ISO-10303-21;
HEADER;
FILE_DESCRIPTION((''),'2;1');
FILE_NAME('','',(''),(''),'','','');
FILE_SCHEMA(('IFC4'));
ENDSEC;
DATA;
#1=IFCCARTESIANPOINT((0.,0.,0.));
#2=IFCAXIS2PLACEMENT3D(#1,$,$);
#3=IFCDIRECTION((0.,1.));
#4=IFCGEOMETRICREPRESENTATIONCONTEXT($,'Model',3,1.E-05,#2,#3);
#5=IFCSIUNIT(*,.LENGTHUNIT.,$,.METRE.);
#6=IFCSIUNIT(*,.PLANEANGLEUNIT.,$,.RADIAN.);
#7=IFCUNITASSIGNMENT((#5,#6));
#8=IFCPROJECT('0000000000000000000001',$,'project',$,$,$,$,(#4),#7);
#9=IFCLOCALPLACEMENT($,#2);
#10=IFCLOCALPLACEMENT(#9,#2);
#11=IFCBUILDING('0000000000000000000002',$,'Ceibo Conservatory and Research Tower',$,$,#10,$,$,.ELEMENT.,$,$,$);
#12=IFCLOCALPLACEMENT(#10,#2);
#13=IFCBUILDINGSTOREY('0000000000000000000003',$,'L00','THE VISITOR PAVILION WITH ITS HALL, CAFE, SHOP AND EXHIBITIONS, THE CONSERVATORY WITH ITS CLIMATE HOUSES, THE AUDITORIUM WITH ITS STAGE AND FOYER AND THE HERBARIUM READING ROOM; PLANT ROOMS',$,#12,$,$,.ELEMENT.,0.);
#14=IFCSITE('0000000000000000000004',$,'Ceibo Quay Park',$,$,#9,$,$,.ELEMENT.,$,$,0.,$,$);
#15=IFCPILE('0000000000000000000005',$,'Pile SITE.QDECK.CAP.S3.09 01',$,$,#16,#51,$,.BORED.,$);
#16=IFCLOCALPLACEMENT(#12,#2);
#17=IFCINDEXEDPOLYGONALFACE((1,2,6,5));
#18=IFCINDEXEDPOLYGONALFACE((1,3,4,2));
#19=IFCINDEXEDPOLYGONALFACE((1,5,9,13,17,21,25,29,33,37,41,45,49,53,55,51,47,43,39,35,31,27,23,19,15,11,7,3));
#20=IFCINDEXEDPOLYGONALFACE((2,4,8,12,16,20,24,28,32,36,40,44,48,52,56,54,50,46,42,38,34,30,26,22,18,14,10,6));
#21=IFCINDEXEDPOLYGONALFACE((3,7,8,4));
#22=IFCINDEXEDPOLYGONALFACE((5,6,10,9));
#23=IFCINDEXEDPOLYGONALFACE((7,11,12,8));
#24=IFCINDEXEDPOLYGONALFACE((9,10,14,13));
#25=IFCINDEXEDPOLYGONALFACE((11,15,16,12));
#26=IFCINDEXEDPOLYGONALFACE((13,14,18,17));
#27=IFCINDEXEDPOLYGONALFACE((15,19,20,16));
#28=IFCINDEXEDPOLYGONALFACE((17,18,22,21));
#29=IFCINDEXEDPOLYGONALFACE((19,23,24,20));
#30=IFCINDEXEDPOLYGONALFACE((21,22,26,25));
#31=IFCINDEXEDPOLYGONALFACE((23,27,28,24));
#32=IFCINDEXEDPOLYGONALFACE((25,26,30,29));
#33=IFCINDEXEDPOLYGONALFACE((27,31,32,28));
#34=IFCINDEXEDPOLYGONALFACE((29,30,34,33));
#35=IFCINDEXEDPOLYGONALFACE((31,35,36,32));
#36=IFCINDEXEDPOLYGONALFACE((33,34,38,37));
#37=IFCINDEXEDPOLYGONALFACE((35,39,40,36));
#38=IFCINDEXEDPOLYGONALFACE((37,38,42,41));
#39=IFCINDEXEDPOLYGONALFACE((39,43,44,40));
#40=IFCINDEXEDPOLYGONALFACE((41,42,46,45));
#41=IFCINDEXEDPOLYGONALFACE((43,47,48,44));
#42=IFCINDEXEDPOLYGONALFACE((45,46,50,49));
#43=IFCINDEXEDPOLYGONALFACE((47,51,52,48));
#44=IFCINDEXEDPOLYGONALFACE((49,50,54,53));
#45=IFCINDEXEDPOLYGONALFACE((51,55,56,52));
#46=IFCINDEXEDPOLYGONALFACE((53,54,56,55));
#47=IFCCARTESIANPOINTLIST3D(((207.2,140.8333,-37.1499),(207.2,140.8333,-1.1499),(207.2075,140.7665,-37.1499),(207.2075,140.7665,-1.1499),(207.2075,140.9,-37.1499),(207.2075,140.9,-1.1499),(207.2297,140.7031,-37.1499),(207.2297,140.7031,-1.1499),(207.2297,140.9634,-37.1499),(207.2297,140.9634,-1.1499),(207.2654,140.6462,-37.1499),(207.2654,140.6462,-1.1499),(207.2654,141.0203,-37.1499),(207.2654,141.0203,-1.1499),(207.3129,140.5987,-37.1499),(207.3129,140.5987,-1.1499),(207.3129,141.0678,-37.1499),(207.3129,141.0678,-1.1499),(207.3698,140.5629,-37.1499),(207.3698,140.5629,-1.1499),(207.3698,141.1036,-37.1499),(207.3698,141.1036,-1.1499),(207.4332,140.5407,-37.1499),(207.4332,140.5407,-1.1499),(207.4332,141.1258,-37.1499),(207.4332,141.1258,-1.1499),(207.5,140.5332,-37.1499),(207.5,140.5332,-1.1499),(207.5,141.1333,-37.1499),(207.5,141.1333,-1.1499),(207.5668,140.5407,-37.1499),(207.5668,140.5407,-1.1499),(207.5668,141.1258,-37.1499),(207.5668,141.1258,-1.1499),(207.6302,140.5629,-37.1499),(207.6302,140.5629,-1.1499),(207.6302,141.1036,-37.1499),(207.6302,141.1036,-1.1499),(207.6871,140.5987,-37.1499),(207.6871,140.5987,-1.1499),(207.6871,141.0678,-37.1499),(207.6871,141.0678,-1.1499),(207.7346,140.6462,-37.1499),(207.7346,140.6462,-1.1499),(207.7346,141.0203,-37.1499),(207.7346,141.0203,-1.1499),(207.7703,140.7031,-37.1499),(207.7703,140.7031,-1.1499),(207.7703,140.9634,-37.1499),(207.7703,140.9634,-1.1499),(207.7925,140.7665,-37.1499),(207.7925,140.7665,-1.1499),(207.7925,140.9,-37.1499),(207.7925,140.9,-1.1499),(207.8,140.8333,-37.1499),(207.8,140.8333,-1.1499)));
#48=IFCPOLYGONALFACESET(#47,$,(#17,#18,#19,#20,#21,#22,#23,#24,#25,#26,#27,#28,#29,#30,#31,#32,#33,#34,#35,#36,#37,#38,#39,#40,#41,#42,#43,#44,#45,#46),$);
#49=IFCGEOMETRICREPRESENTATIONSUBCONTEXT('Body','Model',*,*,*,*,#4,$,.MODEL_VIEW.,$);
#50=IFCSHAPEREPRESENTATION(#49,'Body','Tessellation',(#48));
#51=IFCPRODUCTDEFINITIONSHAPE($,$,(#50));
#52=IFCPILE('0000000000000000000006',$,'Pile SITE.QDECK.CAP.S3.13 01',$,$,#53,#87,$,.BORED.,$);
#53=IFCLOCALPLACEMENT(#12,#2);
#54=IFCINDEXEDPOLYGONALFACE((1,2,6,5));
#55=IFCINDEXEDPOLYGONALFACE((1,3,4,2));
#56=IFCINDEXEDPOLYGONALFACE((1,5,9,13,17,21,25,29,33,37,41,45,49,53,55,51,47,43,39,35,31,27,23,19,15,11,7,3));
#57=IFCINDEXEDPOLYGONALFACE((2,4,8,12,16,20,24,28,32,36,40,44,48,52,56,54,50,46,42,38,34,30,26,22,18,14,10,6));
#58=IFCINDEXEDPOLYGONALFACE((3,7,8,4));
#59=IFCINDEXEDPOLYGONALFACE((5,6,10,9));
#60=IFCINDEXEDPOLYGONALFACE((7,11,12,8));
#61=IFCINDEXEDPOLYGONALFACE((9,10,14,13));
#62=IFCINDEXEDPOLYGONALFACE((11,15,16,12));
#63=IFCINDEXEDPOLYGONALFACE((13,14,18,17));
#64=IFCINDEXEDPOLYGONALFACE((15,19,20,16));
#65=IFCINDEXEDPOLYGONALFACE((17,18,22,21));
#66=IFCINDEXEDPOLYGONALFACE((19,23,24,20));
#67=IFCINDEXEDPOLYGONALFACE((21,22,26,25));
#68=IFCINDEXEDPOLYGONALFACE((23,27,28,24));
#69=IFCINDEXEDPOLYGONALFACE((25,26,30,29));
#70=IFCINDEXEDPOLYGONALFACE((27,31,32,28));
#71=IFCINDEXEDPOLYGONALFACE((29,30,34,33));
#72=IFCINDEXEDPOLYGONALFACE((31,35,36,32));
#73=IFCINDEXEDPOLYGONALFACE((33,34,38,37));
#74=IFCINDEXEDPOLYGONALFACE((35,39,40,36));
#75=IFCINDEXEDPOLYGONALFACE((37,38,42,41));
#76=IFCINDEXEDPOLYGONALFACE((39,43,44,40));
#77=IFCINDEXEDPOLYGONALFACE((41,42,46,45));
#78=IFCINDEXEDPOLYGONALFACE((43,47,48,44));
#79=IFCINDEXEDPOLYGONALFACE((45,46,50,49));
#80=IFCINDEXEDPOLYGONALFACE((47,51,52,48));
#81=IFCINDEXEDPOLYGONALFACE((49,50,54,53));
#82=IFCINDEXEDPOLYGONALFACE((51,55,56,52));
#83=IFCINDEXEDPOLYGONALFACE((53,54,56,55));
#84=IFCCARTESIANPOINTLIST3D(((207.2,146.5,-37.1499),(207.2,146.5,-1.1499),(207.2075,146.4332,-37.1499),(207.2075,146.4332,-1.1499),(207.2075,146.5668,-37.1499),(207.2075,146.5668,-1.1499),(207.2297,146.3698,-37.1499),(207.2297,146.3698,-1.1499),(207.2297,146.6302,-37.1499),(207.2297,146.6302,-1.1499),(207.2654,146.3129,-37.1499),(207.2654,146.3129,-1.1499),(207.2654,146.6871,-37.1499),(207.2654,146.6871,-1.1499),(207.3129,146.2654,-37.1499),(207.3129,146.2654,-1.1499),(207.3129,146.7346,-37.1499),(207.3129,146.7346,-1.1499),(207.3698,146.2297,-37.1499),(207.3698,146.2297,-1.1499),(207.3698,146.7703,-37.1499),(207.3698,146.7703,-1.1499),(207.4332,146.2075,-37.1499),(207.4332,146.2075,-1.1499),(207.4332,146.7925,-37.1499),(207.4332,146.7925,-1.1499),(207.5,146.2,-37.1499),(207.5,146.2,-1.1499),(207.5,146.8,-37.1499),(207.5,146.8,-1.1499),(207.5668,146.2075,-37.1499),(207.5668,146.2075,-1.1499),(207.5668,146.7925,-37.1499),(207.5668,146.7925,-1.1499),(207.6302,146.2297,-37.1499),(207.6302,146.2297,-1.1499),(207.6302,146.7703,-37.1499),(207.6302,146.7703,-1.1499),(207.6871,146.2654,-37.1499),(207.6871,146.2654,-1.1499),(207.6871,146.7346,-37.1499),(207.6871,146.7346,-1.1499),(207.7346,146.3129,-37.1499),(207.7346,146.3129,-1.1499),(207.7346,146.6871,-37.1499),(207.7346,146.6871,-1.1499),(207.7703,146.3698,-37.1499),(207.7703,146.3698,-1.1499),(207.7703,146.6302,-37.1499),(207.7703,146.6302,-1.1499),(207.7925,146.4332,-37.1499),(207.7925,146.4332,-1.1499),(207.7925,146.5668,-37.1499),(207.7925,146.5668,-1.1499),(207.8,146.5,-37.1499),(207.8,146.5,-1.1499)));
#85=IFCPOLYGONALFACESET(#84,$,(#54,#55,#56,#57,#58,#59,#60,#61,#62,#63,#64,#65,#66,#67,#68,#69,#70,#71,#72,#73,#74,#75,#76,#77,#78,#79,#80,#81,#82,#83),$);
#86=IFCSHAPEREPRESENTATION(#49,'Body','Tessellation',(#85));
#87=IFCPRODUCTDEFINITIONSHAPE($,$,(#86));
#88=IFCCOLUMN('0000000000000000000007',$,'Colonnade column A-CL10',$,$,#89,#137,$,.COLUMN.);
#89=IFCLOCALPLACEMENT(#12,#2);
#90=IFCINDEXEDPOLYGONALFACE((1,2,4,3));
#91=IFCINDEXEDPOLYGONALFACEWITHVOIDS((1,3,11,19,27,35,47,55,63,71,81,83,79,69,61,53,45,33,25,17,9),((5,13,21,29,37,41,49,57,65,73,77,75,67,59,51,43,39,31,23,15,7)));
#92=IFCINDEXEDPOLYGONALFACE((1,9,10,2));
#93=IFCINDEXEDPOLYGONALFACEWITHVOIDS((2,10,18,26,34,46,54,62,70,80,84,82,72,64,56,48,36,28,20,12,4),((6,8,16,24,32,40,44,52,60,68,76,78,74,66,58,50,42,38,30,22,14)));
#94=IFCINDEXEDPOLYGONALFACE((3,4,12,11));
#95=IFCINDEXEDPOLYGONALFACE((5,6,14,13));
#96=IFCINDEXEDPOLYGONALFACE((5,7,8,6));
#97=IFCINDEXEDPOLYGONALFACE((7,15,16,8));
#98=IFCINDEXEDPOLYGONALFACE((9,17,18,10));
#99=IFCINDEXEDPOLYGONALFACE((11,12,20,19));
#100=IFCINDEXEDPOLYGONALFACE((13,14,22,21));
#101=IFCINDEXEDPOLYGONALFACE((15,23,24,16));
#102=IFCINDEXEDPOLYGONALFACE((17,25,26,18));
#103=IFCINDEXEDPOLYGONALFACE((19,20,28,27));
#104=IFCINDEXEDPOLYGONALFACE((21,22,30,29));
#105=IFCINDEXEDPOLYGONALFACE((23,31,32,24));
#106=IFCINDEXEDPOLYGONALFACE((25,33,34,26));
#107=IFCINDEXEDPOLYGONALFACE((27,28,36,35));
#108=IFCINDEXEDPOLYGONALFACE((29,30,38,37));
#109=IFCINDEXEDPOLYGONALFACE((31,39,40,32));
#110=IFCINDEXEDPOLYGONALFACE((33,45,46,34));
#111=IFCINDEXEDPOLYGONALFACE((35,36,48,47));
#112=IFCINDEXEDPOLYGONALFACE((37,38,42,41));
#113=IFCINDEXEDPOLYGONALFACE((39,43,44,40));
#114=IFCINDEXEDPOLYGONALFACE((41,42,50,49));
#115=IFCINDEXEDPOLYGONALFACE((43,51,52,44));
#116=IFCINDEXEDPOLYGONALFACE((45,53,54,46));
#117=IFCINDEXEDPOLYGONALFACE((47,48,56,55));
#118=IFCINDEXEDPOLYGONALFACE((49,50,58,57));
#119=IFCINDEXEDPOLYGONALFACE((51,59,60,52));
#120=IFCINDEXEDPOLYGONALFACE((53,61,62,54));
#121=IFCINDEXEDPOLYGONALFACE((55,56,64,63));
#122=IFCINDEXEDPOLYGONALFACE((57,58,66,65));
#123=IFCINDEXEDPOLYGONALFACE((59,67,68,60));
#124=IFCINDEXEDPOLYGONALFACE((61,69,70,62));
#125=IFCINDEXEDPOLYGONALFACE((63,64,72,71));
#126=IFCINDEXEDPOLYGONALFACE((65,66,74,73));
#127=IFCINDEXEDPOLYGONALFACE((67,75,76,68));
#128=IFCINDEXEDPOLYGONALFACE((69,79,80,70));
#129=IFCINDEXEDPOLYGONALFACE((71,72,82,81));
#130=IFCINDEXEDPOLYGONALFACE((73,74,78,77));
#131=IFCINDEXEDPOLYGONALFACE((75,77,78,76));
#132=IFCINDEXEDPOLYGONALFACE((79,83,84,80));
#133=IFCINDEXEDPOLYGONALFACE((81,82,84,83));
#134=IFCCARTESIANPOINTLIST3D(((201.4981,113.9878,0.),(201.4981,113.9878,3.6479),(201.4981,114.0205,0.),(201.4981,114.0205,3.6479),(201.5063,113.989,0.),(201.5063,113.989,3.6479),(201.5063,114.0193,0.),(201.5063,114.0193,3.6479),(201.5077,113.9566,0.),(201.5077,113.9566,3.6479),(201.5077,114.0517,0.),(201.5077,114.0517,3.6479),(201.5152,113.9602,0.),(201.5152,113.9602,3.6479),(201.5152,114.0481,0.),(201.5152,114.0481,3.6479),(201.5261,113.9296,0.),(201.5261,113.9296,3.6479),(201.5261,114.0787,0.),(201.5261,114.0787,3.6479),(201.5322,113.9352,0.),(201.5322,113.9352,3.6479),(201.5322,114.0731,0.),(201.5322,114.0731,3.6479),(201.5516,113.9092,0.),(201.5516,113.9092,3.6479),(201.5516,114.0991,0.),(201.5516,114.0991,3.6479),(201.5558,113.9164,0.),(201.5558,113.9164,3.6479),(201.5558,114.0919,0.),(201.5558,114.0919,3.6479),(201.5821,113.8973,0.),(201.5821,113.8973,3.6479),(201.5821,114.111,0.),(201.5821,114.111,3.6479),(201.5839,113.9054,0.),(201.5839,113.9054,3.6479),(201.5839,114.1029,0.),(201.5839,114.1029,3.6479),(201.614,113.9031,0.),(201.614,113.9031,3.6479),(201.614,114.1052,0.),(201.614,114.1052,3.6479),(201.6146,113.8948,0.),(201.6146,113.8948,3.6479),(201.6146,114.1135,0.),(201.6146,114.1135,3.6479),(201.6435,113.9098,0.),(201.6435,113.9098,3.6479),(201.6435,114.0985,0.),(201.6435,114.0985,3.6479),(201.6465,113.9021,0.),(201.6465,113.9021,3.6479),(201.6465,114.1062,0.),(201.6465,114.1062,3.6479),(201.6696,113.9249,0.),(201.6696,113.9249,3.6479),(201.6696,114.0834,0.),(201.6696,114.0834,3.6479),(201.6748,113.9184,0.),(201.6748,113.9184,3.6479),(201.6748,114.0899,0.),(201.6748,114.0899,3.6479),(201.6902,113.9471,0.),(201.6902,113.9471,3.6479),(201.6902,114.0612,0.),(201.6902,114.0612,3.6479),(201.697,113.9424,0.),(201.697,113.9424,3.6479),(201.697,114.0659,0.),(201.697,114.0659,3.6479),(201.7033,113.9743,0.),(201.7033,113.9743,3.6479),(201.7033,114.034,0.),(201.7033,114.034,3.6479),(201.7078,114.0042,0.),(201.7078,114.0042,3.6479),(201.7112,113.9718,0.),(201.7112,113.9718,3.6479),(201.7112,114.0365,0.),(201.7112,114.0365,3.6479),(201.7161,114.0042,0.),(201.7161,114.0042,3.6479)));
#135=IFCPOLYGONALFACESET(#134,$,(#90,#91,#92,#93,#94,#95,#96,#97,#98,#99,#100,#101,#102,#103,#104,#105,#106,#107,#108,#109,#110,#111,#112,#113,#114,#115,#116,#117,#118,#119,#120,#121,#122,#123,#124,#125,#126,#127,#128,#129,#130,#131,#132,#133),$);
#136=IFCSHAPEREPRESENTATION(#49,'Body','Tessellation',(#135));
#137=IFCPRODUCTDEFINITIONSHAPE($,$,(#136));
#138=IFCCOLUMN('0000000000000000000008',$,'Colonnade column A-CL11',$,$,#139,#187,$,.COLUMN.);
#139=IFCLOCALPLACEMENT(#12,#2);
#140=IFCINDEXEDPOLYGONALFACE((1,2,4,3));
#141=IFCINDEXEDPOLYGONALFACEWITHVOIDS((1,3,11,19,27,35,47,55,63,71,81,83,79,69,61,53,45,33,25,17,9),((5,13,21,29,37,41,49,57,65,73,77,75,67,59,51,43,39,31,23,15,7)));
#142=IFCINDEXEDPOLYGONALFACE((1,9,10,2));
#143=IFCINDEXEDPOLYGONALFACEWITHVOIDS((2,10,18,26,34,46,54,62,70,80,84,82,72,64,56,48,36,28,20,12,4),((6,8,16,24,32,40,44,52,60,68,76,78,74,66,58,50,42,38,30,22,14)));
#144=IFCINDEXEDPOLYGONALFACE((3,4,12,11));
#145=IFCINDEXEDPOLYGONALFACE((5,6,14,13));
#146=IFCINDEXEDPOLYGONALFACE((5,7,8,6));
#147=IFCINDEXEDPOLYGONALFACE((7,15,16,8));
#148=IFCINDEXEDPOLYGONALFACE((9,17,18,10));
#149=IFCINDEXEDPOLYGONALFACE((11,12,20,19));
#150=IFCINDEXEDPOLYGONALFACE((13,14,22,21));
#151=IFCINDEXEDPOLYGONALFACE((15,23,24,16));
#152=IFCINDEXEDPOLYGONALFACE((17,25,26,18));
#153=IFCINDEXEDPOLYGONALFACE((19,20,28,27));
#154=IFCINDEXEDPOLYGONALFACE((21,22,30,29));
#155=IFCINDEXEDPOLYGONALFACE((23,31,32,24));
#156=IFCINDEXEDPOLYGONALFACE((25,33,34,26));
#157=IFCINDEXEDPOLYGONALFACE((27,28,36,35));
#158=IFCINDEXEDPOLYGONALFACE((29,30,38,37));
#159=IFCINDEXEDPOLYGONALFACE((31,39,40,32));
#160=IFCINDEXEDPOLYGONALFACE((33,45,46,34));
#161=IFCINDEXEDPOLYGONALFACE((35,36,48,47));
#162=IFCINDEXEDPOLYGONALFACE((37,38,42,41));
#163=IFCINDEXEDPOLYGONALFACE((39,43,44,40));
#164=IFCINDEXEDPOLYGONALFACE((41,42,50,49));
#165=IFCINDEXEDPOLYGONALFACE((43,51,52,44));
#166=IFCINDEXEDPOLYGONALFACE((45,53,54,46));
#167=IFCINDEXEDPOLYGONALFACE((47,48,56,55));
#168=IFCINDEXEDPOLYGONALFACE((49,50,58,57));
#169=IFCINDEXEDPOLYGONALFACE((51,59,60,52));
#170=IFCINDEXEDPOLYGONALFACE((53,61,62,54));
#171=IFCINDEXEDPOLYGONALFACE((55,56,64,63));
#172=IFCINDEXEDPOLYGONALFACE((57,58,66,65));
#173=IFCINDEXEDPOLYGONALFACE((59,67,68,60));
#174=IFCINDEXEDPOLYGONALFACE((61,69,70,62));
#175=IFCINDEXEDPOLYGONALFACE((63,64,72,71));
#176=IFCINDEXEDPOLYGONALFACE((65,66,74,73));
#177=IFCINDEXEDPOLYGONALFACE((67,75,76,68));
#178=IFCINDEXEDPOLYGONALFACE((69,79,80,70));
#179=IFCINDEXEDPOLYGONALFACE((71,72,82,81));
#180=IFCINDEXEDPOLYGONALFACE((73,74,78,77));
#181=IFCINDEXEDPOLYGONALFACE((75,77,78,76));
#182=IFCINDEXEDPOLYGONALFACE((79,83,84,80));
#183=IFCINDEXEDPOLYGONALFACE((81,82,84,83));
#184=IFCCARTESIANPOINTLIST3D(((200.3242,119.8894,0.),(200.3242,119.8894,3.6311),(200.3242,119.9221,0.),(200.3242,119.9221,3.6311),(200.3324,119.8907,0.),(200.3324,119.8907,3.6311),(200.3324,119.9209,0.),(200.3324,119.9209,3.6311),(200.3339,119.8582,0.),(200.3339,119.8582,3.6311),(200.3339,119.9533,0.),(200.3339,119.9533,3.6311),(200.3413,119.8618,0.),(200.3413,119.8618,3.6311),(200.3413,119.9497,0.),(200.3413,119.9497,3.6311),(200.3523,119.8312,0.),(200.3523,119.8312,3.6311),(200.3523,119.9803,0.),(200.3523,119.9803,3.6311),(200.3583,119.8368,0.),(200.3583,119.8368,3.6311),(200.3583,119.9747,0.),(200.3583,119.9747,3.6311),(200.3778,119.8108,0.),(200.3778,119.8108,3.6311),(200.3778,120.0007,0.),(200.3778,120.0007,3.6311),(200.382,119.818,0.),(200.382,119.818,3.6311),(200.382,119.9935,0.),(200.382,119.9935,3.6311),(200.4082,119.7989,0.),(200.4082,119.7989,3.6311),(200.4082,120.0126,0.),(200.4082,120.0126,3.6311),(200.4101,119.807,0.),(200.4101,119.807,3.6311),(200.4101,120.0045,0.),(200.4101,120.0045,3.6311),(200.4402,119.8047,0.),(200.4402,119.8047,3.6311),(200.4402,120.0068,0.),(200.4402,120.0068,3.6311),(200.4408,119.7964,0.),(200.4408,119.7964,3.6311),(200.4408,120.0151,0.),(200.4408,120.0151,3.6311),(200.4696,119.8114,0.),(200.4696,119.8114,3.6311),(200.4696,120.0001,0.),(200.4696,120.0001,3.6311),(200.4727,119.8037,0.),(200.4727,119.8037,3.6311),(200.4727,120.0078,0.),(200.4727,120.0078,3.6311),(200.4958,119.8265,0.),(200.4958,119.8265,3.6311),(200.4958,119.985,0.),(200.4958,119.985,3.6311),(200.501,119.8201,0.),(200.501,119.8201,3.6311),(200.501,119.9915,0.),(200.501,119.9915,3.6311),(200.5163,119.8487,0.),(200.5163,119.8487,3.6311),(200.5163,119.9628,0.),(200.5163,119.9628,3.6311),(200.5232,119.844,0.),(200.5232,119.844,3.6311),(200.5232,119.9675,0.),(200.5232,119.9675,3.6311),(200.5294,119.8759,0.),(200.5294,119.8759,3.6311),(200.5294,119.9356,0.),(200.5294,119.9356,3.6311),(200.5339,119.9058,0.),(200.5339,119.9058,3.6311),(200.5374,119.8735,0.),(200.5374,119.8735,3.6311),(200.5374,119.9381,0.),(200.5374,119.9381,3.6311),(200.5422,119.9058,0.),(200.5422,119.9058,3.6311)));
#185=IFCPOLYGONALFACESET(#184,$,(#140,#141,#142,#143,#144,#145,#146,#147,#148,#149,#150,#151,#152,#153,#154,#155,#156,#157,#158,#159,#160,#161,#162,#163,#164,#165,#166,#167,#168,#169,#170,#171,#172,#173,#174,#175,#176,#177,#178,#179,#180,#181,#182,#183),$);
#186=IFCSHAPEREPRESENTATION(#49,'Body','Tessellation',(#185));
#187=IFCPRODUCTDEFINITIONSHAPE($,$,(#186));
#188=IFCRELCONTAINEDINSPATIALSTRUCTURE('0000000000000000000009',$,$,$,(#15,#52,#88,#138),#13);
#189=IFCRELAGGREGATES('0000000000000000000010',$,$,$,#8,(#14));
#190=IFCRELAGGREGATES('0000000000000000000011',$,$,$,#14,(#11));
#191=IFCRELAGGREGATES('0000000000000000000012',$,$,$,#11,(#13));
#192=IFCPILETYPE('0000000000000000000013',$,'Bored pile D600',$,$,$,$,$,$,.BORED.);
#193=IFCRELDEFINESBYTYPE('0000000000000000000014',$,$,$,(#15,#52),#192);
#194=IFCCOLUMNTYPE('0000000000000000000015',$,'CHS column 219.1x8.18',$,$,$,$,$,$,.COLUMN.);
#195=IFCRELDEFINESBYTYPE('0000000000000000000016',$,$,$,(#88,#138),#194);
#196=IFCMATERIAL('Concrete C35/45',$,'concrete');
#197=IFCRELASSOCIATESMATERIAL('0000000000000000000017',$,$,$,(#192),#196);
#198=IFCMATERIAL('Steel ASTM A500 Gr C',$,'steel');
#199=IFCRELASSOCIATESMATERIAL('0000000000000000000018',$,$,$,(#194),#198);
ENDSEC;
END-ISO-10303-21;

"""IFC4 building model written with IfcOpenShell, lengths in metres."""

from ifc_helpers import new_model, si_unit, direction, frame, origin, origin_2d, place, context, subcontext, project, spatial, circle, hollow_circle, extrude, material, material_profile, profile_set, type_object, element, save


model = new_model("IFC4")

# Units and contexts
model_context = context("Model", 3, precision=1e-05, world=origin(), true_north=direction((0.0, 1.0)))
body_context = subcontext(model_context, "Body", "Model", "MODEL_VIEW")
ifc_project = project(units=[si_unit("LENGTHUNIT", "METRE"), si_unit("PLANEANGLEUNIT", "RADIAN")], contexts=[model_context])

# Site, building, storey
site_placement = place(None, origin())
site = spatial("IfcSite", under=ifc_project, at=site_placement, Name="Ceibo Quay Park", CompositionType="ELEMENT", RefElevation=0.0)
building_placement = place(site_placement, origin())
building = spatial("IfcBuilding", under=site, at=building_placement, Name="Ceibo Conservatory and Research Tower", CompositionType="ELEMENT")
storey_placement = place(building_placement, origin())
storey = spatial("IfcBuildingStorey", under=building, at=storey_placement, Name="L00", Description="THE VISITOR PAVILION WITH ITS HALL, CAFE, SHOP AND EXHIBITIONS, THE CONSERVATORY WITH ITS CLIMATE HOUSES, THE AUDITORIUM WITH ITS STAGE AND FOYER AND THE HERBARIUM READING ROOM; PLANT ROOMS", CompositionType="ELEMENT", Elevation=0.0)

# Piles
ifc_material_1 = material(Name="Concrete C35/45", Category="concrete")
ifc_material_profile_1 = material_profile(ifc_material_1, circle(Radius=0.3, at=origin_2d()), Name="RC D600")
ifc_profile_set_1 = profile_set([ifc_material_profile_1], Name="Concrete C35/45")
pile_type = type_object("IfcPileType", Name="Bored pile D600", PredefinedType="BORED", material=ifc_profile_set_1)
for number, where, z_axis, x_axis, name in (
    (1, (207.5, 140.8333, -1.1499), (0.0, 0.0, -1.0), (1.0, 0.0, 0.0), "Pile SITE.QDECK.CAP.S3.09 01"),
    (2, (207.5, 146.5, -1.1499), (0.0, 0.0, -1.0), (1.0, 0.0, 0.0), "Pile SITE.QDECK.CAP.S3.13 01"),
):
    element("IfcPile", number, at=place(storey_placement, frame(where, z_axis=z_axis, x_axis=x_axis)), inside=storey, type_object=pile_type, Name=name, PredefinedType="BORED", context=body_context, shape_type="SweptSolid", body=[
        extrude(circle(Radius=0.3, at=origin_2d()), origin(), (0.0, 0.0, 1.0), 36.0),
    ])

# Columns
ifc_material_2 = material(Name="Steel ASTM A500 Gr C", Category="steel")
ifc_material_profile_2 = material_profile(ifc_material_2, hollow_circle(Radius=0.1096, WallThickness=0.0083, at=origin_2d()), Name="CHS column 219.1x8.18")
ifc_profile_set_2 = profile_set([ifc_material_profile_2], Name="Steel ASTM A500 Gr C")
column_type = type_object("IfcColumnType", Name="CHS column 219.1x8.18", PredefinedType="COLUMN", material=ifc_profile_set_2)
column_1_placement = place(storey_placement, frame((201.6064, 114.0042, 0.0), z_axis=(0.0, 0.0, 1.0), x_axis=(1.0, 0.0, 0.0)))
element("IfcColumn", 3, at=column_1_placement, inside=storey, type_object=column_type, Name="Colonnade column A-CL10", PredefinedType="COLUMN", context=body_context, shape_type="SweptSolid", body=[
    extrude(hollow_circle(Radius=0.1096, WallThickness=0.0083, at=origin_2d()), origin(), (0.0, 0.0, 1.0), 3.6479),
])
column_2_placement = place(storey_placement, frame((200.4326, 119.9058, 0.0), z_axis=(0.0, 0.0, 1.0), x_axis=(1.0, 0.0, 0.0)))
element("IfcColumn", 4, at=column_2_placement, inside=storey, type_object=column_type, Name="Colonnade column A-CL11", PredefinedType="COLUMN", context=body_context, shape_type="SweptSolid", body=[
    extrude(hollow_circle(Radius=0.1096, WallThickness=0.0083, at=origin_2d()), origin(), (0.0, 0.0, 1.0), 3.6311),
])

save(model, "model.ifc")
